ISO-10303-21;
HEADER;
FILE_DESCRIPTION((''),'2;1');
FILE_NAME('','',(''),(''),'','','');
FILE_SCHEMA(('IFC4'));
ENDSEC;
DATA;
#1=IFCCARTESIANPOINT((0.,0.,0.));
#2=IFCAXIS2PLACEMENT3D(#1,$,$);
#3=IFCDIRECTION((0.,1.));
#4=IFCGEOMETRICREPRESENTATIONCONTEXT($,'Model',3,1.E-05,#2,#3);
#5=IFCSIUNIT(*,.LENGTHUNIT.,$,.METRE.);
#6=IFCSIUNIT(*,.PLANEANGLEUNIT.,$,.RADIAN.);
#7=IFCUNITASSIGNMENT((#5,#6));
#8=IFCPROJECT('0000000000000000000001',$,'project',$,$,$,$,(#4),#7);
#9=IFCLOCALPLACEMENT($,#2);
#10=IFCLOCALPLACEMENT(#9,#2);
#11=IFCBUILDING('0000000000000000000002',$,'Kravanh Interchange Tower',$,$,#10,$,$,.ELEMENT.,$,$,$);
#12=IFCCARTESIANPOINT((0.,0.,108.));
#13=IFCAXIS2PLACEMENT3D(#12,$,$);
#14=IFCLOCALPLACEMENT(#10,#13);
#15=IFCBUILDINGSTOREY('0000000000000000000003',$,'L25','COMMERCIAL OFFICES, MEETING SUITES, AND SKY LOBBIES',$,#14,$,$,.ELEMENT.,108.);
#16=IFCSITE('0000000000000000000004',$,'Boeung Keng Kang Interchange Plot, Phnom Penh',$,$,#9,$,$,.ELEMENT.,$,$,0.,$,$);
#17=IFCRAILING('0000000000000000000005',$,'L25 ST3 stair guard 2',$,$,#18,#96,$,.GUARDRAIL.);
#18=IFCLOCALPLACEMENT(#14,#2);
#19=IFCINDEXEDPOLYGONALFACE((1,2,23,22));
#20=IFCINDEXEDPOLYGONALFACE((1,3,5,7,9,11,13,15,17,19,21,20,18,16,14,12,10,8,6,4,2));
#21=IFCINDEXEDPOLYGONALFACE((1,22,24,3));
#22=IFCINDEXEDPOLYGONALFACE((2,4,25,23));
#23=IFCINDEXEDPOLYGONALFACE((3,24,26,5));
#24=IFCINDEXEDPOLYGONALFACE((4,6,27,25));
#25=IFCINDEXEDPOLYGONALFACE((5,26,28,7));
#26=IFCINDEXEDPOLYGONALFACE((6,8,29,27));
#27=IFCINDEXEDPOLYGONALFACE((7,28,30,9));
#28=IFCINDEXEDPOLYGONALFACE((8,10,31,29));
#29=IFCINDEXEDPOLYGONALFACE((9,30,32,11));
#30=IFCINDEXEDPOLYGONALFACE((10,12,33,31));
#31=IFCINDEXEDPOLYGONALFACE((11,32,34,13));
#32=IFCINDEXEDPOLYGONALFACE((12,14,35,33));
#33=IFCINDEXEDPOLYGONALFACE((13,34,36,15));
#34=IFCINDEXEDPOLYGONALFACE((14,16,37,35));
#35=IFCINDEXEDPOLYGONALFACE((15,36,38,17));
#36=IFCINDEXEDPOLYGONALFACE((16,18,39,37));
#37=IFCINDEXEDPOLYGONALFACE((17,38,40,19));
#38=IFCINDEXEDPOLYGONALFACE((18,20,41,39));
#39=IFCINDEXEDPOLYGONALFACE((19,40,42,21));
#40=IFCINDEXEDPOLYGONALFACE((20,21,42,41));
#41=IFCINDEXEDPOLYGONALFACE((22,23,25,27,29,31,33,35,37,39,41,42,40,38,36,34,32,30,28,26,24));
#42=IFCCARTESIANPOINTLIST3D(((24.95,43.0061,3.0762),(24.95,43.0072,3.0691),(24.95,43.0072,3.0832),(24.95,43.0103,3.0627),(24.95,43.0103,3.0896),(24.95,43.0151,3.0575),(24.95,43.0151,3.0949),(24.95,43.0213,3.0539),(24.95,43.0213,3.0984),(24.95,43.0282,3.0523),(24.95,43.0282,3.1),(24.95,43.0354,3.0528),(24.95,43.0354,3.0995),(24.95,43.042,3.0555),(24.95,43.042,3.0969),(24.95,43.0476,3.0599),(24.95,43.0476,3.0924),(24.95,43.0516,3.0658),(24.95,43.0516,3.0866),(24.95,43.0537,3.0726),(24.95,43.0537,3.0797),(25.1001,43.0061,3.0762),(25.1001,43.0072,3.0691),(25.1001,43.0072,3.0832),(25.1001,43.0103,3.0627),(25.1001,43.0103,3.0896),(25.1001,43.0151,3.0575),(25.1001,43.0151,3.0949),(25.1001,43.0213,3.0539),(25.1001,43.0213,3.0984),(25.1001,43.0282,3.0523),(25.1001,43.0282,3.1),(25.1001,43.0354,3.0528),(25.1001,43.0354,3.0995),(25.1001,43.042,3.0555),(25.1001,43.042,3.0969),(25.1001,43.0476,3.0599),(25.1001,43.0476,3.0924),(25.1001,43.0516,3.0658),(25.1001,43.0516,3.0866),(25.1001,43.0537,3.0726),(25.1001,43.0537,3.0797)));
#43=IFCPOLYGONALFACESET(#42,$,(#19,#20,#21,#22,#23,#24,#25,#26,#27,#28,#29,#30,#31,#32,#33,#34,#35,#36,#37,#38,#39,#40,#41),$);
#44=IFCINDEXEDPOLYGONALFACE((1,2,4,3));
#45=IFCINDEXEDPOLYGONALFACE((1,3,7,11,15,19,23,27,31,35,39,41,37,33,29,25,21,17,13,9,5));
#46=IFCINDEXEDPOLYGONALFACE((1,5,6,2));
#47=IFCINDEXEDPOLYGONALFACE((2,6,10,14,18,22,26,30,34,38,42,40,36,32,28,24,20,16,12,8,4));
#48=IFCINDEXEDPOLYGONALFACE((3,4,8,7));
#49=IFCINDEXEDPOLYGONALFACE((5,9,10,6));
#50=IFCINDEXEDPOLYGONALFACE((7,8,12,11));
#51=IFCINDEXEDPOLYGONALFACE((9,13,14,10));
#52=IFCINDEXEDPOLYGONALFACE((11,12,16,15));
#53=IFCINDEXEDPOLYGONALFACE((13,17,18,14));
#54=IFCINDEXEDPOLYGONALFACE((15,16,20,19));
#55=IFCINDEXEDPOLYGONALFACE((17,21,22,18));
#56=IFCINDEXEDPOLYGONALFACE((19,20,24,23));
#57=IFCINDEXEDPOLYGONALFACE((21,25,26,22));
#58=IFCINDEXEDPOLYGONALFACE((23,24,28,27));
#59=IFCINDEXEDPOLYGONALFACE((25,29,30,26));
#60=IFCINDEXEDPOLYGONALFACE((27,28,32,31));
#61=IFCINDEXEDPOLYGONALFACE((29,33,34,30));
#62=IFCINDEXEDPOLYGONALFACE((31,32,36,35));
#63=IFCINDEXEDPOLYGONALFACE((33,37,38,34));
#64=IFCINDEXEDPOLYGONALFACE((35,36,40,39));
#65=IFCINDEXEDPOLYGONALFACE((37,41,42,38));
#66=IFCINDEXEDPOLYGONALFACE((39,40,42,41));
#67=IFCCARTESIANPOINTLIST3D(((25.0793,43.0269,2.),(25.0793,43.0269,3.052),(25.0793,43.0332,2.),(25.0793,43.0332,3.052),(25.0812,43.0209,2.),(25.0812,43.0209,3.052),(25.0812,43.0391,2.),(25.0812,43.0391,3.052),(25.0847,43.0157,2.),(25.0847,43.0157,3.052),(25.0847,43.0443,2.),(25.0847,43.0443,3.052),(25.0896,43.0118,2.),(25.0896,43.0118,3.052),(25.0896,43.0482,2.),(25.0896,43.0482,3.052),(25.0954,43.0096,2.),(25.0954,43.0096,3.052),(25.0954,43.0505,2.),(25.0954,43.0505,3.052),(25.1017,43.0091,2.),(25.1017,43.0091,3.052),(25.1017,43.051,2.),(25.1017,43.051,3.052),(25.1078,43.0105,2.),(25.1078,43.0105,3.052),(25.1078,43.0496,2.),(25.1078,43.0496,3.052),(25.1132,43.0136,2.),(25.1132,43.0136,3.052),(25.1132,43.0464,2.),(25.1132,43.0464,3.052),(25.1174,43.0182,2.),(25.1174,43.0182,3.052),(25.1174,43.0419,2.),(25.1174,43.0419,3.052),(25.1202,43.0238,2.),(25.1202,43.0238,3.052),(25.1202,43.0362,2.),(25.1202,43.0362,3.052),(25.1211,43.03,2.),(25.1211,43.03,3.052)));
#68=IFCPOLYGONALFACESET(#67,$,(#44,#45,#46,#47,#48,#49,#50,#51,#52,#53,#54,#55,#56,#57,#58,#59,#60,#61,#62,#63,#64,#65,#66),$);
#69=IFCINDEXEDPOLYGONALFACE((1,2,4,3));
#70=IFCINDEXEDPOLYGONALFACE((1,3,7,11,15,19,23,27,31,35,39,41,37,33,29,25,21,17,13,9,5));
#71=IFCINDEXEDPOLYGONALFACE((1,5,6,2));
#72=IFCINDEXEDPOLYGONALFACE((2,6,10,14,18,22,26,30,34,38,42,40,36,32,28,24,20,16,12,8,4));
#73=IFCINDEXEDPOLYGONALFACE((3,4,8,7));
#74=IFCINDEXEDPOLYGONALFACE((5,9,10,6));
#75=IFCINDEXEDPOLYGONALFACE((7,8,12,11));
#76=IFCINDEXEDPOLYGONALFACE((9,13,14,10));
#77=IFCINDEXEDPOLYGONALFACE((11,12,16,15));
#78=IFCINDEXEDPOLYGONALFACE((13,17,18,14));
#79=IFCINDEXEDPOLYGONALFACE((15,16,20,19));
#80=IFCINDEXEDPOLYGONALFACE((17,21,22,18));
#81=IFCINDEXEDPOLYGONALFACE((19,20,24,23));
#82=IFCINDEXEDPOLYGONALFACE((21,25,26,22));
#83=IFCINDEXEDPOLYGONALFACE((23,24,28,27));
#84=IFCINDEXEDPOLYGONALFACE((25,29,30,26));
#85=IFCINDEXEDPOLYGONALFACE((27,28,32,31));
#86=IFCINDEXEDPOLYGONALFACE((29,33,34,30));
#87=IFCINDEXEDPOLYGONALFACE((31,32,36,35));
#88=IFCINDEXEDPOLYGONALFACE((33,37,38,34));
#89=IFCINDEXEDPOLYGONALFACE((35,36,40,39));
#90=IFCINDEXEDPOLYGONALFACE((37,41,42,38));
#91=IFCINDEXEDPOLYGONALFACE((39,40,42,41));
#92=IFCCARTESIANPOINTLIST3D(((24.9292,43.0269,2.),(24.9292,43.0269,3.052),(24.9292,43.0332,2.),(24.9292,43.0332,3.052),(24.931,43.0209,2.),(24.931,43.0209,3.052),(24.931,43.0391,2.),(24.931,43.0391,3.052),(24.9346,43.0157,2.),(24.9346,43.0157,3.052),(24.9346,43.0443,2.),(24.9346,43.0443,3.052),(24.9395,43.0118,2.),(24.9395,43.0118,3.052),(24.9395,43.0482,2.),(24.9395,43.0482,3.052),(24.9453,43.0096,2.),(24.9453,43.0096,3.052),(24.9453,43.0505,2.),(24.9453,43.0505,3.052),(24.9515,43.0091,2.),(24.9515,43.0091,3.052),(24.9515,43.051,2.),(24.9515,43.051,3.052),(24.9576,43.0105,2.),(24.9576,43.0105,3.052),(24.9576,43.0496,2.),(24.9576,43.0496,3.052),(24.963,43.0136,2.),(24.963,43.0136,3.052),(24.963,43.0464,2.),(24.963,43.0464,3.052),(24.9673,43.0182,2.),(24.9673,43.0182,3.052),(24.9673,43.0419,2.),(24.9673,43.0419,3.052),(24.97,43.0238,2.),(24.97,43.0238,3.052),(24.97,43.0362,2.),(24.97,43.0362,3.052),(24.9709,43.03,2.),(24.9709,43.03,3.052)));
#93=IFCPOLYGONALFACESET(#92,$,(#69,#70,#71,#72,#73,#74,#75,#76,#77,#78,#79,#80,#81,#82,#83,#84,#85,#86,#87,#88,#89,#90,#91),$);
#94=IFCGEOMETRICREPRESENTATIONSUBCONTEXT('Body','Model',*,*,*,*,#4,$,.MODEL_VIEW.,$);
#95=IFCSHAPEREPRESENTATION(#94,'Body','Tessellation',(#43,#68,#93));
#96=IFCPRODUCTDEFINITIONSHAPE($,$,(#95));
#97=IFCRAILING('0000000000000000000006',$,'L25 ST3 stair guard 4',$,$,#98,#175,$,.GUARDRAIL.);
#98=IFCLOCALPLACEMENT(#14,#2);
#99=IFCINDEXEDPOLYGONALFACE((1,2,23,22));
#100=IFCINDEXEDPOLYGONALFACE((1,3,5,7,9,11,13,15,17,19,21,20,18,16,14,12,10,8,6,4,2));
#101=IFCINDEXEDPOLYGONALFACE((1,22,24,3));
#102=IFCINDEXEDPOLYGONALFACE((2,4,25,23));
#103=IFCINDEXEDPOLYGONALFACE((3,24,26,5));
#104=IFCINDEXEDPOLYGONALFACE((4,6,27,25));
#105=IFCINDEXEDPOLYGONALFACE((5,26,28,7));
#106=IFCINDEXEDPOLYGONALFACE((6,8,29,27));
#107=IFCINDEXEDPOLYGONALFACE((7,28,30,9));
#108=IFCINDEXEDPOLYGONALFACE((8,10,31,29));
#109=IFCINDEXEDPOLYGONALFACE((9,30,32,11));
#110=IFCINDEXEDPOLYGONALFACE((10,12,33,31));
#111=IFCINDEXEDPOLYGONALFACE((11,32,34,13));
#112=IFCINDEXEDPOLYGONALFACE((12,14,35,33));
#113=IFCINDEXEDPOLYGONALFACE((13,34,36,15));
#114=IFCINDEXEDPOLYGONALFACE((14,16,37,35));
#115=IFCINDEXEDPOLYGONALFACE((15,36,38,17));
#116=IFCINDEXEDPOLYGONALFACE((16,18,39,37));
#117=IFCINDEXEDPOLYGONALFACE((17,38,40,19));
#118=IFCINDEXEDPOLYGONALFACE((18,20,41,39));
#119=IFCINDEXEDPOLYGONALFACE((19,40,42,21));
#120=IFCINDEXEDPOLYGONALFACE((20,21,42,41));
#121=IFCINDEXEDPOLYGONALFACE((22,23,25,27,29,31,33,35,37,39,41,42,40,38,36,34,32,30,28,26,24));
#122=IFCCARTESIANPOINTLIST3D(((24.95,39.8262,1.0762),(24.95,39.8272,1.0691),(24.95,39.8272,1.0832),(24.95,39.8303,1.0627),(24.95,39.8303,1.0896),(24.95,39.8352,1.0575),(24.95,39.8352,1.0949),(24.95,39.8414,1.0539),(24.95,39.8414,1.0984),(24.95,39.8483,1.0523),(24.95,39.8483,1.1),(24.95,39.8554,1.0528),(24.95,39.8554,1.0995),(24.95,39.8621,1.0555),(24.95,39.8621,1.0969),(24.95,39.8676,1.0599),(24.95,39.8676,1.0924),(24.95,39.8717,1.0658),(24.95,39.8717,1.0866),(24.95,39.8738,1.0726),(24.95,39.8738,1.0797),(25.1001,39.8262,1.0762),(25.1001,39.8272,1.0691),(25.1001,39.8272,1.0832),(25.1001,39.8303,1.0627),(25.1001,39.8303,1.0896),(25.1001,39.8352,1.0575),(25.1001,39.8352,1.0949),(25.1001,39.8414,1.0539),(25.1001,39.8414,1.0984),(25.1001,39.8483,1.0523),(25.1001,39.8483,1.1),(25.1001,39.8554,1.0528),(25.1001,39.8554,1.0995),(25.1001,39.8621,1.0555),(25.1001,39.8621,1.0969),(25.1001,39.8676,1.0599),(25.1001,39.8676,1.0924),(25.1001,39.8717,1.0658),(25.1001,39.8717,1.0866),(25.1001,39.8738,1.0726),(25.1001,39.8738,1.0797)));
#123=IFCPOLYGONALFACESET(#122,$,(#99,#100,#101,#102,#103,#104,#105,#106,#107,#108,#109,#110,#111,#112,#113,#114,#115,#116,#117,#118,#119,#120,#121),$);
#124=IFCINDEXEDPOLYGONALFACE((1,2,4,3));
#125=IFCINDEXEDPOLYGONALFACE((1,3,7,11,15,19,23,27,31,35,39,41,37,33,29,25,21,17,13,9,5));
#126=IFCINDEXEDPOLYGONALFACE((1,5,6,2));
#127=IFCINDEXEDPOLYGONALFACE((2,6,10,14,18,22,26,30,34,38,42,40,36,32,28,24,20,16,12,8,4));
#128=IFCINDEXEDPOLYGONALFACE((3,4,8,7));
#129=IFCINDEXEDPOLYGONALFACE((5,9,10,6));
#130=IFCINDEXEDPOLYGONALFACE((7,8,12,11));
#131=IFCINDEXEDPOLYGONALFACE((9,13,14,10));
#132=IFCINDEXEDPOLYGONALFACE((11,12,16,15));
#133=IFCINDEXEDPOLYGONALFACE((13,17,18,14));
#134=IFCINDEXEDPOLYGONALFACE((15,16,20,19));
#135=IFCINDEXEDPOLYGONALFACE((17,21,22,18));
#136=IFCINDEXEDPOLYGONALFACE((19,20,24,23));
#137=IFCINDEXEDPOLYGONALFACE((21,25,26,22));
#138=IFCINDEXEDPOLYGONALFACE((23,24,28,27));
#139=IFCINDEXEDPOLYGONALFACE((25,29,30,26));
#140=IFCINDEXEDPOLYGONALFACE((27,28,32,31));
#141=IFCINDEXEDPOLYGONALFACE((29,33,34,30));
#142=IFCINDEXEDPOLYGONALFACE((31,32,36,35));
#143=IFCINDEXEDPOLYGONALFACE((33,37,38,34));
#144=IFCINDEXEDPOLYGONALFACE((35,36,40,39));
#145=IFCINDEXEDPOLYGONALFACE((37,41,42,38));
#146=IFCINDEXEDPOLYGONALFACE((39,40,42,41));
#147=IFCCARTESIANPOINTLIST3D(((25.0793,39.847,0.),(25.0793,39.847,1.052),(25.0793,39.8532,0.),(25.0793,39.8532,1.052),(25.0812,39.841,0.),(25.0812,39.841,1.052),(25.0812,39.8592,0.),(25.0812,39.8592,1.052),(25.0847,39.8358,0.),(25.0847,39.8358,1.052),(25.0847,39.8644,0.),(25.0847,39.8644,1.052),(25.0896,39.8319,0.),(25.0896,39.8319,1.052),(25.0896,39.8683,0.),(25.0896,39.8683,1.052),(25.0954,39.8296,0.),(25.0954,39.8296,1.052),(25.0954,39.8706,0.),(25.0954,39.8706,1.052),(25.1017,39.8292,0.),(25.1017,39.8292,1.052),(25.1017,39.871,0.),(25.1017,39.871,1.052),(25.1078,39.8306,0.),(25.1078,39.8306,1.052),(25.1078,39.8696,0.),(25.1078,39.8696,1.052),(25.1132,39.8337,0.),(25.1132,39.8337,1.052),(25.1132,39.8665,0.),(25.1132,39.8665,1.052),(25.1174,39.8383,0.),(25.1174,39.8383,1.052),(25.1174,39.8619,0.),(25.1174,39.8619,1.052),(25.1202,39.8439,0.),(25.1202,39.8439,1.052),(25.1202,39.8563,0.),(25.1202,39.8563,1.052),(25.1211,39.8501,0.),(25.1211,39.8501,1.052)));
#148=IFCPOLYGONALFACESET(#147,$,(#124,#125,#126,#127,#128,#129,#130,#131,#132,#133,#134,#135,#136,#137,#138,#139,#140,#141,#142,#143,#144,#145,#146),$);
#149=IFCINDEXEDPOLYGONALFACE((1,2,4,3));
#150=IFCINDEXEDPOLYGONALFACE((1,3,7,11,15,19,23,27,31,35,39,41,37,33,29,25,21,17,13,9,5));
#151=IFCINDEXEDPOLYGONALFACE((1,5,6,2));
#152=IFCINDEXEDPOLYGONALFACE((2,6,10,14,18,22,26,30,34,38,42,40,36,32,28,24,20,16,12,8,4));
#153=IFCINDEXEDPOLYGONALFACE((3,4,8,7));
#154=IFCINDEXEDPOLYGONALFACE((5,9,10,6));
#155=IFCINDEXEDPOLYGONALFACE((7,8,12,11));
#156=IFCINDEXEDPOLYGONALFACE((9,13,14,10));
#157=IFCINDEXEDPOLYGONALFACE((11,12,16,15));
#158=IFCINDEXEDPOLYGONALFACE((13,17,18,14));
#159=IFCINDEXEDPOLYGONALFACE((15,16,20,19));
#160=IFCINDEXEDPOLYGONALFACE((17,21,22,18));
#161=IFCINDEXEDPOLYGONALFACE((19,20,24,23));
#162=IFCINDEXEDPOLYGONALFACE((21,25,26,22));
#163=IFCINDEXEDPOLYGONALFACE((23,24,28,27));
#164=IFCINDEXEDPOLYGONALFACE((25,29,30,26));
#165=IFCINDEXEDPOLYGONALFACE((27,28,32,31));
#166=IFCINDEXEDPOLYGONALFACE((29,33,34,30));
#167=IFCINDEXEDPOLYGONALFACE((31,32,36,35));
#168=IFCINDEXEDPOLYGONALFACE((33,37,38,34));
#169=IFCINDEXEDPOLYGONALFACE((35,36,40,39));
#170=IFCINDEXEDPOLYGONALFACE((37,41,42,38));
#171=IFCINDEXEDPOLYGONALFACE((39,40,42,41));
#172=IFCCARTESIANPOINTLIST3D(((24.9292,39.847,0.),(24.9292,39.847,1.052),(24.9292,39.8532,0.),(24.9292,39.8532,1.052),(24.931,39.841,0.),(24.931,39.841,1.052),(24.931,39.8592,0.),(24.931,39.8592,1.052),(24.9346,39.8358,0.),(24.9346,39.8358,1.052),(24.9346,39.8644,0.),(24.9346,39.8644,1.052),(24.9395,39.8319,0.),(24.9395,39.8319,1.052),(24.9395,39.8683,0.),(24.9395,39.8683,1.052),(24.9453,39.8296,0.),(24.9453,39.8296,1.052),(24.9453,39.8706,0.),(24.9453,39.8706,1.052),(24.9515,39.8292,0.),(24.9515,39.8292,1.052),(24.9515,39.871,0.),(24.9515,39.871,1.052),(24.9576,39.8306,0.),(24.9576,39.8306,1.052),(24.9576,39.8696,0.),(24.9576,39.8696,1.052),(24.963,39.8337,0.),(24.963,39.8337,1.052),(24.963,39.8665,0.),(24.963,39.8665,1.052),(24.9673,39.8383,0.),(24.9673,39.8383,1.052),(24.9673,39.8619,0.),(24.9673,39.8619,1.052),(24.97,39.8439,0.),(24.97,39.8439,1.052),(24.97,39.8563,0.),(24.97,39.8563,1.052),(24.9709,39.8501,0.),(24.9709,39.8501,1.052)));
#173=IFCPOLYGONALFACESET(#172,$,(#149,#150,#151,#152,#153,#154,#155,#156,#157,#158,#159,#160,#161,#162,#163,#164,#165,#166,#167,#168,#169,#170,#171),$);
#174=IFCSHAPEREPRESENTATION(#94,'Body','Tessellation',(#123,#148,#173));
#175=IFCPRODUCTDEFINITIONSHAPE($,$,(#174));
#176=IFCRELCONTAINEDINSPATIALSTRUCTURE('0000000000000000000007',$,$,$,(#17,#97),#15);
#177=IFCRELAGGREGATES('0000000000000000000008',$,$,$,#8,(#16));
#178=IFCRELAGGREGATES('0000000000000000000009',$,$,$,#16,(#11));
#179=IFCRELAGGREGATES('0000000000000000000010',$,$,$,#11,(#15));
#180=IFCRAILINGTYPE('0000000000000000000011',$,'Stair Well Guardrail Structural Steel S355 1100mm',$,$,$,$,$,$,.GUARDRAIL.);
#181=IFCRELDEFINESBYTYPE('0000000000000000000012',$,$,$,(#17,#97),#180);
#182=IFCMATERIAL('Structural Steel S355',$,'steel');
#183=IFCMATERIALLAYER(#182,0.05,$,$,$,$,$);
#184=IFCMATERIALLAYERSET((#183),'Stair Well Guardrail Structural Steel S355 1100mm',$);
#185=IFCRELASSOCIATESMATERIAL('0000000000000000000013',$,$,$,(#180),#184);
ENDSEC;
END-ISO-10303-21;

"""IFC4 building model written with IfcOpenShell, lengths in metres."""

from ifc_helpers import new_model, si_unit, direction, frame, origin, origin_2d, place, context, subcontext, project, spatial, circle, extrude, material, layer, layer_set, type_object, element, save


model = new_model("IFC4")

# Units and contexts
model_context = context("Model", 3, precision=1e-05, world=origin(), true_north=direction((0.0, 1.0)))
body_context = subcontext(model_context, "Body", "Model", "MODEL_VIEW")
ifc_project = project(units=[si_unit("LENGTHUNIT", "METRE"), si_unit("PLANEANGLEUNIT", "RADIAN")], contexts=[model_context])

# Site, building, storey
site_placement = place(None, origin())
site = spatial("IfcSite", under=ifc_project, at=site_placement, Name="Boeung Keng Kang Interchange Plot, Phnom Penh", CompositionType="ELEMENT", RefElevation=0.0)
building_placement = place(site_placement, origin())
building = spatial("IfcBuilding", under=site, at=building_placement, Name="Kravanh Interchange Tower", CompositionType="ELEMENT")
storey_placement = place(building_placement, frame((0.0, 0.0, 108.0)))
storey = spatial("IfcBuildingStorey", under=building, at=storey_placement, Name="L25", Description="COMMERCIAL OFFICES, MEETING SUITES, AND SKY LOBBIES", CompositionType="ELEMENT", Elevation=108.0)

# Railings
ifc_material_1 = material(Name="Structural Steel S355", Category="steel")
ifc_layer_1 = layer(ifc_material_1, 0.05)
ifc_layer_set_1 = layer_set([ifc_layer_1], Name="Stair Well Guardrail Structural Steel S355 1100mm")
railing_type_1 = type_object("IfcRailingType", Name="Stair Well Guardrail Structural Steel S355 1100mm", PredefinedType="GUARDRAIL", material=ifc_layer_set_1)
for number, where, name in (
    (1, (25.1001, 43.03, 2.0), "L25 ST3 stair guard 2"),
    (2, (25.1001, 39.8501, 0.0), "L25 ST3 stair guard 4"),
):
    element("IfcRailing", number, at=place(storey_placement, frame(where)), inside=storey, type_object=railing_type_1, Name=name, PredefinedType="GUARDRAIL", context=body_context, shape_type="SweptSolid", body=[
        extrude(circle(Radius=0.0239, at=origin_2d()), frame((0.0, 0.0, 1.0762), z_axis=(-1.0, 0.0, 0.0), x_axis=(0.0, -1.0, 0.0)), (0.0, 0.0, 1.0), 0.1501),
        extrude(circle(Radius=0.021, at=origin_2d()), origin(), (0.0, 0.0, 1.0), 1.052),
        extrude(circle(Radius=0.021, at=origin_2d()), frame((-0.1501, 0.0, 0.0)), (0.0, 0.0, 1.0), 1.052),
    ])

save(model, "model.ifc")
